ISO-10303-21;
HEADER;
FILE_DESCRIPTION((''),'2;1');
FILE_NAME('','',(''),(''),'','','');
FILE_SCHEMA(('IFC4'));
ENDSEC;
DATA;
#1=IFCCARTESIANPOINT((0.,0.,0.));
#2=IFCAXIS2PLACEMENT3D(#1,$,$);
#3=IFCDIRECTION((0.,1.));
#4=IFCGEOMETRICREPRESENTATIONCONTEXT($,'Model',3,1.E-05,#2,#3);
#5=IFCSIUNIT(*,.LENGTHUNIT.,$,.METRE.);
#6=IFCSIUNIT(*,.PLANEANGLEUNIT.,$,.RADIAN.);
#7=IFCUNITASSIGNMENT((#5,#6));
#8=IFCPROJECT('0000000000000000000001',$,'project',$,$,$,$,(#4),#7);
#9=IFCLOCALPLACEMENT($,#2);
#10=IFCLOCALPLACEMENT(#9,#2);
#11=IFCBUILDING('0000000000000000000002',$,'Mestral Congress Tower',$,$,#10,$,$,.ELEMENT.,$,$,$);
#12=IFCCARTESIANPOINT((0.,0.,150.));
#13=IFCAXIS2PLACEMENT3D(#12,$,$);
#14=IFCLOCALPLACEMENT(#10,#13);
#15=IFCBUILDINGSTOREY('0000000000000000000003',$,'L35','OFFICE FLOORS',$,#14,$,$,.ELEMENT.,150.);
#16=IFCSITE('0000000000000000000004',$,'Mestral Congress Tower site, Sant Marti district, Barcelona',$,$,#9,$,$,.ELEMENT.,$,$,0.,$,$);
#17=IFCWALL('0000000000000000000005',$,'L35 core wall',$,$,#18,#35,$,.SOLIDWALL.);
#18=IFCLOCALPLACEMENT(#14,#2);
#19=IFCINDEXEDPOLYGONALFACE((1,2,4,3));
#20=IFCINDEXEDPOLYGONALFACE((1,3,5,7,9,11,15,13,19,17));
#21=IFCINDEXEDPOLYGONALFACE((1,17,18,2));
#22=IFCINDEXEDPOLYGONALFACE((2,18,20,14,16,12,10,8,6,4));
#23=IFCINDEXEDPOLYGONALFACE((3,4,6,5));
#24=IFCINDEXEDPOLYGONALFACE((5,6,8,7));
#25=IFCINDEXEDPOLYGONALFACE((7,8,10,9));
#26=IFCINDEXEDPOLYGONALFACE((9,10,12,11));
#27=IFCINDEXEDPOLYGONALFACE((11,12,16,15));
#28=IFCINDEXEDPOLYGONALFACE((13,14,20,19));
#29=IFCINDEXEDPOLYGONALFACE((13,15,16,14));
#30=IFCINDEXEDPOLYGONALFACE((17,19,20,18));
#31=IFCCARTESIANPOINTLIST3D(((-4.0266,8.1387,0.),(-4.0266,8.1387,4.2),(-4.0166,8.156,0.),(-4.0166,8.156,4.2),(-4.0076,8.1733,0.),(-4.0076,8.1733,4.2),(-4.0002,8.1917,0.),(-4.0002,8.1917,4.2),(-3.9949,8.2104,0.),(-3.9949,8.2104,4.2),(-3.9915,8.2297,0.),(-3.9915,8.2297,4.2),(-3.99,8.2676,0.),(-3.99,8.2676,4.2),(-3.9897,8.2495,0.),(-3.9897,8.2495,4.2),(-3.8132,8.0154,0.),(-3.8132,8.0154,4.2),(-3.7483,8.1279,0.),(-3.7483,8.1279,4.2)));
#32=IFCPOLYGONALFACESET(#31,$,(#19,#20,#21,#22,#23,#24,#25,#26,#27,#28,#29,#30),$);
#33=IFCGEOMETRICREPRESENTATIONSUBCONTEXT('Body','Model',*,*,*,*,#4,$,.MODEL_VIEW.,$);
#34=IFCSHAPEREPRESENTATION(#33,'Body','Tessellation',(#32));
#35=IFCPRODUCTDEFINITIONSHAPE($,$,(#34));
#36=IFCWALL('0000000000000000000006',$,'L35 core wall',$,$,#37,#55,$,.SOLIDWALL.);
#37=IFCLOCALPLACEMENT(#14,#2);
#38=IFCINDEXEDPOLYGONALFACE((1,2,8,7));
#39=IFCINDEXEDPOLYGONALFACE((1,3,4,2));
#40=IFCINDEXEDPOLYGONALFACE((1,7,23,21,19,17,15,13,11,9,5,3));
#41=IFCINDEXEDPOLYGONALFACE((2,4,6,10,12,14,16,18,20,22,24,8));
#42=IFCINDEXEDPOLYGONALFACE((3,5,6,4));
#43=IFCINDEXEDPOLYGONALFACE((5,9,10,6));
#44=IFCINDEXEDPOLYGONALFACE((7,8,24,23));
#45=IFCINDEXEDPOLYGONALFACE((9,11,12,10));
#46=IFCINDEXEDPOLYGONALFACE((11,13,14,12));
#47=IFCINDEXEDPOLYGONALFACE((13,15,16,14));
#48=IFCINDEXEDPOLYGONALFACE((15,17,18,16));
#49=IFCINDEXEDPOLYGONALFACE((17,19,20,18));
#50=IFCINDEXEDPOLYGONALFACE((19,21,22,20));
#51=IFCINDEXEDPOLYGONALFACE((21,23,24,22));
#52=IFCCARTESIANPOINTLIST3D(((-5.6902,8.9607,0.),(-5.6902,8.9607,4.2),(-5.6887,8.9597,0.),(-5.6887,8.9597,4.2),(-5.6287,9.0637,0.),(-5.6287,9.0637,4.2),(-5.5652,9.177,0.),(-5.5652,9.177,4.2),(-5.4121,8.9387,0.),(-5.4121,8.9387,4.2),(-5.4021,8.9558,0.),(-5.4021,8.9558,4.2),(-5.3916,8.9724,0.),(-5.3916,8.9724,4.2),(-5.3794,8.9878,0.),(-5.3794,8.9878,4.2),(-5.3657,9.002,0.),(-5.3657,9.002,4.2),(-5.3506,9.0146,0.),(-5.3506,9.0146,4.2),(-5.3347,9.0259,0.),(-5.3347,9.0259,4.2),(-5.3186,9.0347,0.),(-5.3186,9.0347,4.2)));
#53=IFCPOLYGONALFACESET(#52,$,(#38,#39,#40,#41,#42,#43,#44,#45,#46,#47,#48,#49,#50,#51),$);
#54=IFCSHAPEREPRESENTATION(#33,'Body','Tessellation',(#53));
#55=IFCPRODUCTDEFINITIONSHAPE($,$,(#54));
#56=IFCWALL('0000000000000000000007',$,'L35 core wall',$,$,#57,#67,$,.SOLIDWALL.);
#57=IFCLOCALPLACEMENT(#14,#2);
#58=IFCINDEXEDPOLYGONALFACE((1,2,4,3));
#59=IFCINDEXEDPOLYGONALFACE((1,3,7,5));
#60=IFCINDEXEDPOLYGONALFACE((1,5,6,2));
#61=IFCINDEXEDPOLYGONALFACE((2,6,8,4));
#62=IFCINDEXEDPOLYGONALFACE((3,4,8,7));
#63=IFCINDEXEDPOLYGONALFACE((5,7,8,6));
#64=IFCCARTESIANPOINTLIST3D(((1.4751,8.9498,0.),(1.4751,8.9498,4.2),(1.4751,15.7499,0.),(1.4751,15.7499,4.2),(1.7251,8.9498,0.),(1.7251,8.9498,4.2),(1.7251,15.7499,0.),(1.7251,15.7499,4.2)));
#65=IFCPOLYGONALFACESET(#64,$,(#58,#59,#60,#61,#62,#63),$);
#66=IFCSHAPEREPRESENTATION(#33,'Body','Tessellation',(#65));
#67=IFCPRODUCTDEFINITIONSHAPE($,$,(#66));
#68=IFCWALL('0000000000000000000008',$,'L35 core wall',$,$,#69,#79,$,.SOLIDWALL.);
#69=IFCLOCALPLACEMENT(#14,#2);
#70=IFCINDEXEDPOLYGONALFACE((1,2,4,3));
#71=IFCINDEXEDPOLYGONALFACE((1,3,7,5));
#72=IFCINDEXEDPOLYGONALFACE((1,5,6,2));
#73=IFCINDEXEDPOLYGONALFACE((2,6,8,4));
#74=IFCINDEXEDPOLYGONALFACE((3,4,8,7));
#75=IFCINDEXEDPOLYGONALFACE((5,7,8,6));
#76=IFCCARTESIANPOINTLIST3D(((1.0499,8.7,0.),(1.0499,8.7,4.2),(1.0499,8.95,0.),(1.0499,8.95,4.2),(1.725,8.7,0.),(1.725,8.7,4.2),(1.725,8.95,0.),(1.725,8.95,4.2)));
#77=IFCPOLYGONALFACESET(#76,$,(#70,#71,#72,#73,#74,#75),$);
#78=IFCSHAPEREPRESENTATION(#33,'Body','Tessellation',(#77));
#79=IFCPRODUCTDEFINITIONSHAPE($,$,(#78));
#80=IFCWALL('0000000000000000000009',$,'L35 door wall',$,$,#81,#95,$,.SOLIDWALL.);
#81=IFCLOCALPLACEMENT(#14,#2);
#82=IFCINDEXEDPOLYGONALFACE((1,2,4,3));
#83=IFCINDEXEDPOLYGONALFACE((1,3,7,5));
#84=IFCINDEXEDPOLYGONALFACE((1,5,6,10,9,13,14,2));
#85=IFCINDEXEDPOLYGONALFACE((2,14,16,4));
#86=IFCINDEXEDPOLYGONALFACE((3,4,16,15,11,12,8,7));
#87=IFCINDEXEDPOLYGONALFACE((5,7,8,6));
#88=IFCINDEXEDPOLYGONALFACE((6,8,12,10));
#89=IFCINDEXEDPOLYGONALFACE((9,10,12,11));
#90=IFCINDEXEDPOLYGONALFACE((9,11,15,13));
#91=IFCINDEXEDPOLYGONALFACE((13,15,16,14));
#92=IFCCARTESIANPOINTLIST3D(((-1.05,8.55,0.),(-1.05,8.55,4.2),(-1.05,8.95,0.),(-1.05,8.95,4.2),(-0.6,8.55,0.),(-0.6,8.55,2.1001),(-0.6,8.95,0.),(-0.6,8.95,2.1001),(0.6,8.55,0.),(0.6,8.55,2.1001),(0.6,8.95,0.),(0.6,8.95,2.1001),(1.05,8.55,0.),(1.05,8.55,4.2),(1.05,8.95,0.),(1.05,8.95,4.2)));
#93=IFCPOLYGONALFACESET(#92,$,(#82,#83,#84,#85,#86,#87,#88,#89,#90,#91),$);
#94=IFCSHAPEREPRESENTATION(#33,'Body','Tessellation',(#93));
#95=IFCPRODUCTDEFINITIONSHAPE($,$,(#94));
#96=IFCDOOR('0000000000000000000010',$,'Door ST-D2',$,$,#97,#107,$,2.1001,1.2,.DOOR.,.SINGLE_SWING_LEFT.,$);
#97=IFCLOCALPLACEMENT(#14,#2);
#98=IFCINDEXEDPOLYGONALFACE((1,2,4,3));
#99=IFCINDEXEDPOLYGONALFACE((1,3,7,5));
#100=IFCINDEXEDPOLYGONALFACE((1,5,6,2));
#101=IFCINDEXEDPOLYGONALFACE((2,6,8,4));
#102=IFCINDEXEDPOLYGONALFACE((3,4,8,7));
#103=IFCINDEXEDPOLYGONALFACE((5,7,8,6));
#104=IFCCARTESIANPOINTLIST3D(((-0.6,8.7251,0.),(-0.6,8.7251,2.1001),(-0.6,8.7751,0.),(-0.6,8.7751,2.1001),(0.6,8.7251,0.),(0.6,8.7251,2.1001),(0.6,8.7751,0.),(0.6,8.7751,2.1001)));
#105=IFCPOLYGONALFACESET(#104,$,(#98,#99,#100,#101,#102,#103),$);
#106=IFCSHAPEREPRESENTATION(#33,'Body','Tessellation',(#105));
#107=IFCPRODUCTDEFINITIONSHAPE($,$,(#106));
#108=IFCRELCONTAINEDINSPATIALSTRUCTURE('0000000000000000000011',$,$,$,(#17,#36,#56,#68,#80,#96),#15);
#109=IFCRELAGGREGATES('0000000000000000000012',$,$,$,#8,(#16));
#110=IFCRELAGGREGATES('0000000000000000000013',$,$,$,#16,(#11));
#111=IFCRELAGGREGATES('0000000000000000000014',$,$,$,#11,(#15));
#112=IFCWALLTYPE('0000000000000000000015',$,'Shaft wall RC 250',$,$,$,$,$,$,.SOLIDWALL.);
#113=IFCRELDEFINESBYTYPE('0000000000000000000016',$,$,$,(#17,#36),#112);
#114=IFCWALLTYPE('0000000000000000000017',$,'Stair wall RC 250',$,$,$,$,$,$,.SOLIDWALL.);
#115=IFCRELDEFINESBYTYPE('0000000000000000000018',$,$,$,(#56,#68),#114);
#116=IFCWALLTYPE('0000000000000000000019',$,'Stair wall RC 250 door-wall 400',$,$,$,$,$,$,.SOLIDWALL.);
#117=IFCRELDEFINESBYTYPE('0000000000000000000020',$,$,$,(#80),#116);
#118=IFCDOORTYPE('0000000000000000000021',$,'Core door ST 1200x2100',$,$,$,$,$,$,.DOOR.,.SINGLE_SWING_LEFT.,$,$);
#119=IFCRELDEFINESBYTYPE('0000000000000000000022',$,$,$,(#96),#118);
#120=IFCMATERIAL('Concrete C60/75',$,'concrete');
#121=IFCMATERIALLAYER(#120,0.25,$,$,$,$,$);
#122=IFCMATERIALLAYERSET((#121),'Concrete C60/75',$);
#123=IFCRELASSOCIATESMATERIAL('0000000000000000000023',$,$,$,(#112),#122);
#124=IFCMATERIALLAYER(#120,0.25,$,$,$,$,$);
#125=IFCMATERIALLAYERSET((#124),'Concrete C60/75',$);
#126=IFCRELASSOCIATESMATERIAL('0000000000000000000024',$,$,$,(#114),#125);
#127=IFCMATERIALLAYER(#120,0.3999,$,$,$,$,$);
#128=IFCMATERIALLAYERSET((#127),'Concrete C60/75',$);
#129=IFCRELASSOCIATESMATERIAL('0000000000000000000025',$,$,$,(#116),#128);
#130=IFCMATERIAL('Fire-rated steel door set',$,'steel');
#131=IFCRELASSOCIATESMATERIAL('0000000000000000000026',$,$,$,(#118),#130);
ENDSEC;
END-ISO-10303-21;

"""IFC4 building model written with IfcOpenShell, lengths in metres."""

from ifc_helpers import new_model, si_unit, direction, frame, frame_2d, origin, place, context, subcontext, project, spatial, polyline, rectangle, outline, extrude, material, layer, layer_set, type_object, element, fill, save


model = new_model("IFC4")

# Units and contexts
model_context = context("Model", 3, precision=1e-05, world=origin(), true_north=direction((0.0, 1.0)))
body_context = subcontext(model_context, "Body", "Model", "MODEL_VIEW")
ifc_project = project(units=[si_unit("LENGTHUNIT", "METRE"), si_unit("PLANEANGLEUNIT", "RADIAN")], contexts=[model_context])

# Site, building, storey
site_placement = place(None, origin())
site = spatial("IfcSite", under=ifc_project, at=site_placement, Name="Mestral Congress Tower site, Sant Marti district, Barcelona", CompositionType="ELEMENT", RefElevation=0.0)
building_placement = place(site_placement, origin())
building = spatial("IfcBuilding", under=site, at=building_placement, Name="Mestral Congress Tower", CompositionType="ELEMENT")
storey_placement = place(building_placement, frame((0.0, 0.0, 150.0)))
storey = spatial("IfcBuildingStorey", under=building, at=storey_placement, Name="L35", Description="OFFICE FLOORS", CompositionType="ELEMENT", Elevation=150.0)

# Walls
ifc_material_1 = material(Name="Concrete C60/75", Category="concrete")
placement = place(storey_placement, origin())
ifc_layer_1 = layer(ifc_material_1, 0.25)
ifc_layer_set_1 = layer_set([ifc_layer_1], Name="Concrete C60/75")
wall_type_1 = type_object("IfcWallType", Name="Shaft wall RC 250", PredefinedType="SOLIDWALL", material=ifc_layer_set_1)
element("IfcWall", 1, at=placement, inside=storey, type_object=wall_type_1, Name="L35 core wall", PredefinedType="SOLIDWALL", context=body_context, shape_type="SweptSolid", body=[
    extrude(outline(polyline([(-3.7483, 8.1279), (-3.8132, 8.0154), (-4.0266, 8.1387), (-4.0166, 8.156), (-4.0076, 8.1733), (-4.0002, 8.1917), (-3.9949, 8.2104), (-3.9915, 8.2297), (-3.9897, 8.2495), (-3.99, 8.2676), (-3.7483, 8.1279)])), origin(), (0.0, 0.0, 1.0), 4.2),
])
element("IfcWall", 2, at=placement, inside=storey, type_object=wall_type_1, Name="L35 core wall", PredefinedType="SOLIDWALL", context=body_context, shape_type="SweptSolid", body=[
    extrude(outline(polyline([(-5.6887, 8.9597), (-5.6902, 8.9607), (-5.5652, 9.177), (-5.3186, 9.0347), (-5.3347, 9.0259), (-5.3506, 9.0146), (-5.3657, 9.002), (-5.3794, 8.9878), (-5.3916, 8.9724), (-5.4021, 8.9558), (-5.4121, 8.9387), (-5.6287, 9.0637), (-5.6287, 9.0637), (-5.6887, 8.9597)])), origin(), (0.0, 0.0, 1.0), 4.2),
])
ifc_layer_2 = layer(ifc_material_1, 0.25)
ifc_layer_set_2 = layer_set([ifc_layer_2], Name="Concrete C60/75")
wall_type_2 = type_object("IfcWallType", Name="Stair wall RC 250", PredefinedType="SOLIDWALL", material=ifc_layer_set_2)
wall_1_placement = place(storey_placement, frame((1.6001, 8.95, 0.0), z_axis=(0.0, 0.0, 1.0), x_axis=(0.0, 1.0, 0.0)))
element("IfcWall", 3, at=wall_1_placement, inside=storey, type_object=wall_type_2, Name="L35 core wall", PredefinedType="SOLIDWALL", context=body_context, shape_type="SweptSolid", body=[
    extrude(rectangle(XDim=6.8, YDim=0.25, at=frame_2d((3.3999, 0.0))), origin(), (0.0, 0.0, 1.0), 4.2),
])
wall_2_placement = place(storey_placement, frame((1.05, 8.825, 0.0), z_axis=(0.0, 0.0, 1.0), x_axis=(1.0, 0.0, 0.0)))
element("IfcWall", 4, at=wall_2_placement, inside=storey, type_object=wall_type_2, Name="L35 core wall", PredefinedType="SOLIDWALL", context=body_context, shape_type="SweptSolid", body=[
    extrude(rectangle(XDim=0.675, YDim=0.25, at=frame_2d((0.3374, 0.0))), origin(), (0.0, 0.0, 1.0), 4.2),
])

# Wall, opening, door
ifc_layer_3 = layer(ifc_material_1, 0.3999)
ifc_layer_set_3 = layer_set([ifc_layer_3], Name="Concrete C60/75")
wall_type_3 = type_object("IfcWallType", Name="Stair wall RC 250 door-wall 400", PredefinedType="SOLIDWALL", material=ifc_layer_set_3)
wall_3_placement = place(storey_placement, frame((1.05, 8.75, 0.0), z_axis=(0.0, 0.0, 1.0), x_axis=(-1.0, 0.0, 0.0)))
wall_3 = element("IfcWall", 5, at=wall_3_placement, inside=storey, type_object=wall_type_3, Name="L35 door wall", PredefinedType="SOLIDWALL", context=body_context, shape_type="SweptSolid", body=[
    extrude(rectangle(XDim=2.1001, YDim=0.3999, at=frame_2d((1.05, 0.0))), origin(), (0.0, 0.0, 1.0), 4.2),
])
opening_placement = place(wall_3_placement, frame((0.45, 0.0, 0.0)))
opening = element("IfcOpeningElement", 6, at=opening_placement, cuts=wall_3, PredefinedType="OPENING", context=body_context, shape_type="SweptSolid", body=[
    extrude(rectangle(XDim=1.2, YDim=2.1001, at=frame_2d((0.6001, 1.05))), frame((0.0, 0.21, 0.0), z_axis=(0.0, -1.0, 0.0), x_axis=(1.0, 0.0, 0.0)), (0.0, 0.0, 1.0), 0.4199),
])
ifc_material_2 = material(Name="Fire-rated steel door set", Category="steel")
door_type = type_object("IfcDoorType", Name="Core door ST 1200x2100", OperationType="SINGLE_SWING_LEFT", PredefinedType="DOOR", material=ifc_material_2)
door_placement = place(opening_placement, origin())
door = element("IfcDoor", 7, at=door_placement, inside=storey, type_object=door_type, Name="Door ST-D2", OperationType="SINGLE_SWING_LEFT", OverallHeight=2.1001, OverallWidth=1.2, PredefinedType="DOOR", context=body_context, shape_type="SweptSolid", body=[
    extrude(rectangle(XDim=1.2, YDim=2.1001, at=frame_2d((0.6001, 1.05))), frame((0.0, 0.0249, 0.0), z_axis=(0.0, -1.0, 0.0), x_axis=(1.0, 0.0, 0.0)), (0.0, 0.0, 1.0), 0.05),
])
fill(opening, door)

save(model, "model.ifc")
